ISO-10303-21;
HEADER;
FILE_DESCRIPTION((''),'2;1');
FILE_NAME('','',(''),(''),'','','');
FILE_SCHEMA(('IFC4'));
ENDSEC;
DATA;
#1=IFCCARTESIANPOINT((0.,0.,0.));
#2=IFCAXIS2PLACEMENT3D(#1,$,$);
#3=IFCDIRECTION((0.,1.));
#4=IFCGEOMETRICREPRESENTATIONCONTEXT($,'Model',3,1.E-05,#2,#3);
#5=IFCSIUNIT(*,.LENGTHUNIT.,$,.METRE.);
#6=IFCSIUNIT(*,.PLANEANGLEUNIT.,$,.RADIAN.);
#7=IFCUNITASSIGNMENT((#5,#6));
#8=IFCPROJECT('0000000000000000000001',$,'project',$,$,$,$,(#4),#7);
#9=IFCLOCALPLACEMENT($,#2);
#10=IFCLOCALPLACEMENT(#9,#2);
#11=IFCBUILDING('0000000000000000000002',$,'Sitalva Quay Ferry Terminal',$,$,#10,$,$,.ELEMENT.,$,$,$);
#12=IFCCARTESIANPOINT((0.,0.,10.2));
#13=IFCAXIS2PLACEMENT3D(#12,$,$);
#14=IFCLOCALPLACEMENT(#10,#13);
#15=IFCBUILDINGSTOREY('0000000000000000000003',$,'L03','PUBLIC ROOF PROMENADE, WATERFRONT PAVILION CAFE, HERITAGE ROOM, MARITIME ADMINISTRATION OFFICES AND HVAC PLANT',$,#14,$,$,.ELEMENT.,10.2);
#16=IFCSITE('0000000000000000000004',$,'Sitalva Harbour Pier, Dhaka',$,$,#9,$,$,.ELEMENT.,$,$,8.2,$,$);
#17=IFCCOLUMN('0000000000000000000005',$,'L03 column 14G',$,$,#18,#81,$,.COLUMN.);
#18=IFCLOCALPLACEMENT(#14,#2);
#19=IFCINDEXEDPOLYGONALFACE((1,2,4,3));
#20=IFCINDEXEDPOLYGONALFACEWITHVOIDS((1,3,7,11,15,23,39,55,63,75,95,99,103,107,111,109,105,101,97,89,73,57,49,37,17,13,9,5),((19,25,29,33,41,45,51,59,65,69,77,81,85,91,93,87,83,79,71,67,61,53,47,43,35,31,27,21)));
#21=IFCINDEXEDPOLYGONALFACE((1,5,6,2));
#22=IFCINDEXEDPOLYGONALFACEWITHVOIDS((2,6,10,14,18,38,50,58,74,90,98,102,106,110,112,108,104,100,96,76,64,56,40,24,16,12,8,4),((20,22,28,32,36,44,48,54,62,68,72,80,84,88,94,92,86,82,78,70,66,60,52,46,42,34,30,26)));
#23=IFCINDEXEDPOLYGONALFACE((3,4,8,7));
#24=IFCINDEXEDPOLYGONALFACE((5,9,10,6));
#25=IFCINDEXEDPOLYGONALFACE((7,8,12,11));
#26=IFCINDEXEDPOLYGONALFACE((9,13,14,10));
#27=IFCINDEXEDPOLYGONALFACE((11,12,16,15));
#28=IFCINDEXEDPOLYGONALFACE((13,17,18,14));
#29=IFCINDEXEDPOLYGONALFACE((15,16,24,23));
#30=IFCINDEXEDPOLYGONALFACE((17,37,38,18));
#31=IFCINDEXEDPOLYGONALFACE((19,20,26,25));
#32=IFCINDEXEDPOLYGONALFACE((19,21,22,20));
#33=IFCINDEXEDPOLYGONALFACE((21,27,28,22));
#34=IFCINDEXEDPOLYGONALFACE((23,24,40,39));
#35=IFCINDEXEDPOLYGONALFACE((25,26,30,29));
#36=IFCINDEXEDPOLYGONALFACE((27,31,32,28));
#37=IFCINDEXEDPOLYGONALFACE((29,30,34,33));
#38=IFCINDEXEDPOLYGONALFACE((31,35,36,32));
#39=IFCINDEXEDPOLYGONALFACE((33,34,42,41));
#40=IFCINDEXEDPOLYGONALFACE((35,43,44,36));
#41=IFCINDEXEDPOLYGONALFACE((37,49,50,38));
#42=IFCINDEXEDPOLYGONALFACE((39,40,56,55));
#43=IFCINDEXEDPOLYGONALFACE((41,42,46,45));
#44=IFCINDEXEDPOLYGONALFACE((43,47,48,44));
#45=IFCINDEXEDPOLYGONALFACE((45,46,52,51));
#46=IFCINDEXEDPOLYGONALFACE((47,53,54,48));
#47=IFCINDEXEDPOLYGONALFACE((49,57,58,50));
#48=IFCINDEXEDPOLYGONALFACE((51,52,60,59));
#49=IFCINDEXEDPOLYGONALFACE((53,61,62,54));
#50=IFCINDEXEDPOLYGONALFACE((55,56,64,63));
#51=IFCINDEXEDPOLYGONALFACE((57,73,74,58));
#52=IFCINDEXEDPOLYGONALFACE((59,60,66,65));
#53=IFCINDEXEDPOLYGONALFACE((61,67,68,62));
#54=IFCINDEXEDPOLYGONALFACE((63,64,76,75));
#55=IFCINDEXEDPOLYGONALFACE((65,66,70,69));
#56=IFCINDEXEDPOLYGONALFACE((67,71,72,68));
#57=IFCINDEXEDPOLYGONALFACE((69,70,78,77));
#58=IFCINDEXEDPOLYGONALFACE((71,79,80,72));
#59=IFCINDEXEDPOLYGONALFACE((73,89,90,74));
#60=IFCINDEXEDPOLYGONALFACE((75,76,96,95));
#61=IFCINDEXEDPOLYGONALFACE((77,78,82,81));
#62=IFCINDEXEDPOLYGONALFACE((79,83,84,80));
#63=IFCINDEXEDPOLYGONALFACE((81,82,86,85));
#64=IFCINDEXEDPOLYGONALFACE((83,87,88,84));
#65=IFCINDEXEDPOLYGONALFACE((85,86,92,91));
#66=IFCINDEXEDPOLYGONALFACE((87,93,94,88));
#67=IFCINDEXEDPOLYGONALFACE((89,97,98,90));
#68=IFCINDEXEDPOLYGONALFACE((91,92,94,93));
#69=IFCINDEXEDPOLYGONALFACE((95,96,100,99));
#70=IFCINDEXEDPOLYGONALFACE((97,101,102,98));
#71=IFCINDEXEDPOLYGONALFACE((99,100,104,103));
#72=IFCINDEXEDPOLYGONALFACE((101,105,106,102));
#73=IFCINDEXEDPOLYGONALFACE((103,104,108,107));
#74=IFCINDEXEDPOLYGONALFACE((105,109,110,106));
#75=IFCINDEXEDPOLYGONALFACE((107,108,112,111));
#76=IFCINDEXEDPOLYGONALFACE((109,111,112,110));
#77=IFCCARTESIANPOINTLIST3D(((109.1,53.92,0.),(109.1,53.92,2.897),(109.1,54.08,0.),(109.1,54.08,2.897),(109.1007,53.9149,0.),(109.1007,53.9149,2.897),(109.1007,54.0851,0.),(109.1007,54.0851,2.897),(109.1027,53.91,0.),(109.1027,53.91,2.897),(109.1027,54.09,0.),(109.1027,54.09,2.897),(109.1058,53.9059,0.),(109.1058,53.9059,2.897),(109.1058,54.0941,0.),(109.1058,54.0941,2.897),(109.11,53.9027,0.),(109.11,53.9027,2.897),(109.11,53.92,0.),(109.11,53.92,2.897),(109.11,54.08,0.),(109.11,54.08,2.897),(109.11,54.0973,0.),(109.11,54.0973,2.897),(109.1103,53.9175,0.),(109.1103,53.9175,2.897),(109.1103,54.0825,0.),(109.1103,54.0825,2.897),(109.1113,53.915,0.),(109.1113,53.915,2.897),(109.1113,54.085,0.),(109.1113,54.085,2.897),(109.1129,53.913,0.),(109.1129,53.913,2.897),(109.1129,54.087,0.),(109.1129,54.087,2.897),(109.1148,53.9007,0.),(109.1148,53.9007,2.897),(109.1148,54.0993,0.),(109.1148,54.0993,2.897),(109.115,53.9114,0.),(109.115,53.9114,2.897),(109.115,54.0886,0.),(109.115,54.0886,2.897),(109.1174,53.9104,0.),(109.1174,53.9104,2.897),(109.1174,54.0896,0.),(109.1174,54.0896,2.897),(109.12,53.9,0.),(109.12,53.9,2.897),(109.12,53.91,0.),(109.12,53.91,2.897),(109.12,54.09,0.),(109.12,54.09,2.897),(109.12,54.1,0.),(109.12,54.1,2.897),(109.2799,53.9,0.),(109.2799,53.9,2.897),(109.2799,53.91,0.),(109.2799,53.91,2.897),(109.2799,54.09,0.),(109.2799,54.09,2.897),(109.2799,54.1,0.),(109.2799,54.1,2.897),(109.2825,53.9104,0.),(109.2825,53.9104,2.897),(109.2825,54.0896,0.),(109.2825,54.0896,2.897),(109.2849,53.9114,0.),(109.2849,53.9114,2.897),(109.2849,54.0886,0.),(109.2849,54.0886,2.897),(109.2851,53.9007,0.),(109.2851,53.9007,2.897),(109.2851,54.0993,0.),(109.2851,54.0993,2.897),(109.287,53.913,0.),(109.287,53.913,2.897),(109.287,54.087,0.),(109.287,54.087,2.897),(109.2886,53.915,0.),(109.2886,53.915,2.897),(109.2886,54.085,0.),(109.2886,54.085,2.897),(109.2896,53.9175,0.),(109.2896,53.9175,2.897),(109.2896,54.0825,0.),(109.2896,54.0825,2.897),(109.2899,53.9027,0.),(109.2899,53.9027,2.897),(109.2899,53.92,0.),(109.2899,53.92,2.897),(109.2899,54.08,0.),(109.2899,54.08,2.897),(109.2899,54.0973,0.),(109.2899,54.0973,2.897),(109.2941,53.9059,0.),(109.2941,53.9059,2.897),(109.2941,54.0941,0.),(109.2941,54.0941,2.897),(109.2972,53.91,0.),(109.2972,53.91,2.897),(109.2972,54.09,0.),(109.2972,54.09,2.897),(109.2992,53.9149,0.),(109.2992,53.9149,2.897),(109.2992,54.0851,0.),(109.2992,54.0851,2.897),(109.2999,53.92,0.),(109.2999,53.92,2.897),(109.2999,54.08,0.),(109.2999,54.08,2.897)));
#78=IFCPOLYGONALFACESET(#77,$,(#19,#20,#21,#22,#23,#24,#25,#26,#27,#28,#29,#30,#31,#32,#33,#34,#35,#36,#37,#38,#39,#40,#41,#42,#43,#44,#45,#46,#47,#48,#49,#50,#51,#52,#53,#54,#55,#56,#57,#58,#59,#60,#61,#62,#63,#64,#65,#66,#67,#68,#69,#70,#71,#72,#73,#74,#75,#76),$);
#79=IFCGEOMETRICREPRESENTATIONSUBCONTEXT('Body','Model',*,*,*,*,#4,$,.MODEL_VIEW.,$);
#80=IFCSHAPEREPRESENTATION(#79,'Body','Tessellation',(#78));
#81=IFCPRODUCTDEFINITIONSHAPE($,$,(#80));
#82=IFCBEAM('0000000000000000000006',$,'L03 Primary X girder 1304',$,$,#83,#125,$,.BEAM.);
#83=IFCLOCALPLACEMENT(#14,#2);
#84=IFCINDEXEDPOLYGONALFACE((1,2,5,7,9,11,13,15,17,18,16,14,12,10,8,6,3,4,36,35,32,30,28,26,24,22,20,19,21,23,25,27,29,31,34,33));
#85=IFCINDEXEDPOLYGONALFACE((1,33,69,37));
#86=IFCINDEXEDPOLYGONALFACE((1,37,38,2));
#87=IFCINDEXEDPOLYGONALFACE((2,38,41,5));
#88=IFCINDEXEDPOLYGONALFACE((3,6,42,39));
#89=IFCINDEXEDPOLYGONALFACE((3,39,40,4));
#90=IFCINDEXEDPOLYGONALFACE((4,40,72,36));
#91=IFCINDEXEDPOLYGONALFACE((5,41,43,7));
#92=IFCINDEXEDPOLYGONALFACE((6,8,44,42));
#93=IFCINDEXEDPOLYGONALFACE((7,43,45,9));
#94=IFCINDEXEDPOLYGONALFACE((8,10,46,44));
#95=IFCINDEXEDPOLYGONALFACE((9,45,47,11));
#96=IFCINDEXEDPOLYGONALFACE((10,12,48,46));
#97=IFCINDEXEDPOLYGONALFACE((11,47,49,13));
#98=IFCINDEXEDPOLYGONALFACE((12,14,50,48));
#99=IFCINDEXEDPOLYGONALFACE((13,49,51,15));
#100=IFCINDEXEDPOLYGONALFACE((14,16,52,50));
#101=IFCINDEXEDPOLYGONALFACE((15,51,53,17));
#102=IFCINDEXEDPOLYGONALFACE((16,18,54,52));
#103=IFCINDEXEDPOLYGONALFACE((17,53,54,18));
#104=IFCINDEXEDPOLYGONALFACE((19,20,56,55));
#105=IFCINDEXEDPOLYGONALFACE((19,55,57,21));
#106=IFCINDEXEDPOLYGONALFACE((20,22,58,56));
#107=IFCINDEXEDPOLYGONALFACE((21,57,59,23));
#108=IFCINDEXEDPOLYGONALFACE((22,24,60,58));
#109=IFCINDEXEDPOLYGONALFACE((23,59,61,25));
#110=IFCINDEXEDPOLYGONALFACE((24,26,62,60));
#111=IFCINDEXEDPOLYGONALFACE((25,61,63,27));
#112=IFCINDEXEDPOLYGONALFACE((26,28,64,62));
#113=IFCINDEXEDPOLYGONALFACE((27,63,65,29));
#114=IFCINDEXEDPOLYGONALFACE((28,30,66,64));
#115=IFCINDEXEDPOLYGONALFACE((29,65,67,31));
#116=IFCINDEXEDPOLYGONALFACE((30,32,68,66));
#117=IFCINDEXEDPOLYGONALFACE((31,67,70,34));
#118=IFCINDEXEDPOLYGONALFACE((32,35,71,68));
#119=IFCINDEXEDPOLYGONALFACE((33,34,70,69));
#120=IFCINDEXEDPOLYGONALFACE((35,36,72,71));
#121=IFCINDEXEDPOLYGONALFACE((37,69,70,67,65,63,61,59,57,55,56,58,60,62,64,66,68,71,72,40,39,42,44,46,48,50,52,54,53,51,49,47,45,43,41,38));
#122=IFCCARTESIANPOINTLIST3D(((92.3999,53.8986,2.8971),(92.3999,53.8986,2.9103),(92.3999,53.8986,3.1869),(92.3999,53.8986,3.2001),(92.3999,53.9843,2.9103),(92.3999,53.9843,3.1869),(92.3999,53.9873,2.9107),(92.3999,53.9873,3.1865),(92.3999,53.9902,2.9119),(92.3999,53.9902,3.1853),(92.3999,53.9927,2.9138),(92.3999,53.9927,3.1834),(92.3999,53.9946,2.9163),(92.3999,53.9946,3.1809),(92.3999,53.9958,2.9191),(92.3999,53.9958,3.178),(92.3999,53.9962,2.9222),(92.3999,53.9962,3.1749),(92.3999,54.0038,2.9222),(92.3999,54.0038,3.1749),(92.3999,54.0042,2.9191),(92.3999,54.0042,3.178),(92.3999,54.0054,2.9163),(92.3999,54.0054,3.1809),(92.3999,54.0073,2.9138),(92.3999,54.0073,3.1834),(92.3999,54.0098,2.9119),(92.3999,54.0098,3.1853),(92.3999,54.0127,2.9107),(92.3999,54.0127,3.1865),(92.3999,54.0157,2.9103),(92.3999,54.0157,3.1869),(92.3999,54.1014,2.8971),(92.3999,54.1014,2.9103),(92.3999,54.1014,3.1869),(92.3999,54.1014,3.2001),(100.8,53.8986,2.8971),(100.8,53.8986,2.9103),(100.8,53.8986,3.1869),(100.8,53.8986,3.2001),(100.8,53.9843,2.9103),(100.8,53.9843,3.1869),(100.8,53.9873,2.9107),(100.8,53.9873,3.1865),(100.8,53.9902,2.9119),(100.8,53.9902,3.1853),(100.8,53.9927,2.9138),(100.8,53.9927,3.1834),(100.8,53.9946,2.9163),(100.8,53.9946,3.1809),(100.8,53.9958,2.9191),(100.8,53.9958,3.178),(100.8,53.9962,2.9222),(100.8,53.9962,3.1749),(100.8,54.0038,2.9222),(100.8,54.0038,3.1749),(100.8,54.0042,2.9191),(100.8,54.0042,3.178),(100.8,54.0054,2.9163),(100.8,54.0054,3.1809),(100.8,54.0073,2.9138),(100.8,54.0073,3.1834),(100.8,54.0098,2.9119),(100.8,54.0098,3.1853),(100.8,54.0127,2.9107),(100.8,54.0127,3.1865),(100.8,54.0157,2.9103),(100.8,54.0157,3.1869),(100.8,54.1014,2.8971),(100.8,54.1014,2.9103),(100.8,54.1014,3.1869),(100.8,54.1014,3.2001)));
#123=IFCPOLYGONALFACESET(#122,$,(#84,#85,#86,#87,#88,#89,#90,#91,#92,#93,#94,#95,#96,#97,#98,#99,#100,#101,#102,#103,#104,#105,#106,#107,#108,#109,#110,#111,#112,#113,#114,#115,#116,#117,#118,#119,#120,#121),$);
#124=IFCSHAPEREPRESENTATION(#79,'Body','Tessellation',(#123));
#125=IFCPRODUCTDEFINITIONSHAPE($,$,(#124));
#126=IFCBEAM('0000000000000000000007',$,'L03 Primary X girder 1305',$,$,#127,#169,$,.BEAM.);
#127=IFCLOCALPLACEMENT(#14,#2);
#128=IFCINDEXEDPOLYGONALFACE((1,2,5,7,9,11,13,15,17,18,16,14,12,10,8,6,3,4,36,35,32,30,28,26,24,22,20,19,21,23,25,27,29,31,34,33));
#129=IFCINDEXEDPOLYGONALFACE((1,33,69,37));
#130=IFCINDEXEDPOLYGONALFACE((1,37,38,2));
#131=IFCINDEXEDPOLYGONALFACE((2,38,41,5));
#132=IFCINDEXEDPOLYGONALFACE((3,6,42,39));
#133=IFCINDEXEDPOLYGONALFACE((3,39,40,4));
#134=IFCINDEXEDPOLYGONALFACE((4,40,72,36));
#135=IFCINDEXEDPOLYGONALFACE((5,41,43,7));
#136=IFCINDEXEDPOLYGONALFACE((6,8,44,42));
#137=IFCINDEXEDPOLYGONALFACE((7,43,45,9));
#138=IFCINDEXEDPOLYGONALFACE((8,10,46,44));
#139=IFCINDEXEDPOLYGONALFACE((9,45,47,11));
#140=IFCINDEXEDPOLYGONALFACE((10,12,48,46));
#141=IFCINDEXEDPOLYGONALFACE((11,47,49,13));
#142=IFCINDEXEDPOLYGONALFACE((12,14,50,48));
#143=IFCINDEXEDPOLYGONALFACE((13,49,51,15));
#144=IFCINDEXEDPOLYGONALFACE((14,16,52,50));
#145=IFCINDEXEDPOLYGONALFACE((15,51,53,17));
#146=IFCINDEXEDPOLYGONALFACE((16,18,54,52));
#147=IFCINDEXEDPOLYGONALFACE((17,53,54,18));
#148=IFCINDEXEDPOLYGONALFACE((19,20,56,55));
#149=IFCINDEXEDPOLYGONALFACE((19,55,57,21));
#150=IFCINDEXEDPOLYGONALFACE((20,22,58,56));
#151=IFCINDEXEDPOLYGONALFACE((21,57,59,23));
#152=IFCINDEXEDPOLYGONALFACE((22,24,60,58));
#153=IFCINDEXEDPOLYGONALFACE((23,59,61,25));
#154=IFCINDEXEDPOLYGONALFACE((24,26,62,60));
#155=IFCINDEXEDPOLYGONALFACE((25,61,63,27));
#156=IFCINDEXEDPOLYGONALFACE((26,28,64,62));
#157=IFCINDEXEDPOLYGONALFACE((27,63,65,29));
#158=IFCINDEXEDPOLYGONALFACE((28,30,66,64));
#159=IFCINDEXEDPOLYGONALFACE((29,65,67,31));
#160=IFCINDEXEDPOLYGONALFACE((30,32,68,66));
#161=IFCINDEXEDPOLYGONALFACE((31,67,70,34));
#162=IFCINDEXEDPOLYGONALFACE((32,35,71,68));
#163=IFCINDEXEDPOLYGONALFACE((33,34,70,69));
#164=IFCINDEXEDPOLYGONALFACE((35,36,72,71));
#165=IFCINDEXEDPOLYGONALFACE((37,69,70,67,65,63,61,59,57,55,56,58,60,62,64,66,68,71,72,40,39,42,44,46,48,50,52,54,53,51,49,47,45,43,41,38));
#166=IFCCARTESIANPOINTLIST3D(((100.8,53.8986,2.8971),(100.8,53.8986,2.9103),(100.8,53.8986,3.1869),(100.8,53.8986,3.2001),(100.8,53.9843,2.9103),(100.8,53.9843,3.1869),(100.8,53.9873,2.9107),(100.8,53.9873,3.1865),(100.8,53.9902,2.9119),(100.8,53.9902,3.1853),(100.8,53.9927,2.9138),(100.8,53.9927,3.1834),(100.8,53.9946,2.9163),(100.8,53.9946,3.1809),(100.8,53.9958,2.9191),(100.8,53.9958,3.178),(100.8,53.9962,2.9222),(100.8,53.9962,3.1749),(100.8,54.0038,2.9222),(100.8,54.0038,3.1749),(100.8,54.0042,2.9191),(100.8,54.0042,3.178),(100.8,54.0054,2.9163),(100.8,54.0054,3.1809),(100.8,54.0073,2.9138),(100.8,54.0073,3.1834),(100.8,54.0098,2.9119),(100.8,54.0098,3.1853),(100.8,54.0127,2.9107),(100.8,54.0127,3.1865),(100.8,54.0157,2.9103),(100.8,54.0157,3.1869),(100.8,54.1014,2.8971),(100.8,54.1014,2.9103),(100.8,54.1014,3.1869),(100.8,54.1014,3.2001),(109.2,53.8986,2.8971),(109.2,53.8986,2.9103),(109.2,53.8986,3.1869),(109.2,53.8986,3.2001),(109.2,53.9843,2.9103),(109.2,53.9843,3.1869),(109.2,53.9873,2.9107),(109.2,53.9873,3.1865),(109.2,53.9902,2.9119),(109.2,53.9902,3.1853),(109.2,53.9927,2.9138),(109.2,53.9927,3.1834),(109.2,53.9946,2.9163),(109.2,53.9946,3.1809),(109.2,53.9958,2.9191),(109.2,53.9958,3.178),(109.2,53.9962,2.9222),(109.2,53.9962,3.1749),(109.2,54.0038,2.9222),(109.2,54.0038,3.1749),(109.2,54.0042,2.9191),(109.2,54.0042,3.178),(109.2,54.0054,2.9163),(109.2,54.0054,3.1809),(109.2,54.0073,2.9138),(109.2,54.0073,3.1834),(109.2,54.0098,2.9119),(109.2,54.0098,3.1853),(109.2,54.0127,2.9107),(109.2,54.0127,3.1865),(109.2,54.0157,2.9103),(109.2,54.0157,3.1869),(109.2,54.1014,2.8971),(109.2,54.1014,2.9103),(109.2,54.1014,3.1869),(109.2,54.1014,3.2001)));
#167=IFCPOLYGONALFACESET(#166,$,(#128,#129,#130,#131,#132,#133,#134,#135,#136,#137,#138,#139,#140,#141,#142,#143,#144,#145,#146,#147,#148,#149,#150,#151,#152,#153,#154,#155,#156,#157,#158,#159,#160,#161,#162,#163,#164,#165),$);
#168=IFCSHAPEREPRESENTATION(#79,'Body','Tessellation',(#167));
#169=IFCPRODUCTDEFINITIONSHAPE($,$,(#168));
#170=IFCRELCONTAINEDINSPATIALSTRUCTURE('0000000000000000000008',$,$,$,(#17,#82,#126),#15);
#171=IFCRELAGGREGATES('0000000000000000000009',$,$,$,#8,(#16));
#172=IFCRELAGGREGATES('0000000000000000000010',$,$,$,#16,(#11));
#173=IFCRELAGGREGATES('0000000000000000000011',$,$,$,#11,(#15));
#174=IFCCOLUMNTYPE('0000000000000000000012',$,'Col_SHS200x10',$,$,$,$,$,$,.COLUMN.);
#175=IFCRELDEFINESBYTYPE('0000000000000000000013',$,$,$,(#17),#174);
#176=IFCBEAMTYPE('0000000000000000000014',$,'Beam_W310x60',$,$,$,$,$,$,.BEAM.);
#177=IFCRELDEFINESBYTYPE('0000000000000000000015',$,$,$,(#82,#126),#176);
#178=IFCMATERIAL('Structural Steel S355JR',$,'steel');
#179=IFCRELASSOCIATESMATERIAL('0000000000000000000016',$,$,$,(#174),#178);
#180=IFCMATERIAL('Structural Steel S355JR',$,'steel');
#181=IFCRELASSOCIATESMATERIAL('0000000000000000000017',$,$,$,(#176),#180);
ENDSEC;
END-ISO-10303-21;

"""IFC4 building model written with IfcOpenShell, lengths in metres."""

from ifc_helpers import new_model, si_unit, direction, frame, origin, origin_2d, place, context, subcontext, project, spatial, hollow_rectangle, i_section, extrude, material, material_profile, profile_set, type_object, element, save


model = new_model("IFC4")

# Units and contexts
model_context = context("Model", 3, precision=1e-05, world=origin(), true_north=direction((0.0, 1.0)))
body_context = subcontext(model_context, "Body", "Model", "MODEL_VIEW")
ifc_project = project(units=[si_unit("LENGTHUNIT", "METRE"), si_unit("PLANEANGLEUNIT", "RADIAN")], contexts=[model_context])

# Site, building, storey
site_placement = place(None, origin())
site = spatial("IfcSite", under=ifc_project, at=site_placement, Name="Sitalva Harbour Pier, Dhaka", CompositionType="ELEMENT", RefElevation=8.2)
building_placement = place(site_placement, origin())
building = spatial("IfcBuilding", under=site, at=building_placement, Name="Sitalva Quay Ferry Terminal", CompositionType="ELEMENT")
storey_placement = place(building_placement, frame((0.0, 0.0, 10.2)))
storey = spatial("IfcBuildingStorey", under=building, at=storey_placement, Name="L03", Description="PUBLIC ROOF PROMENADE, WATERFRONT PAVILION CAFE, HERITAGE ROOM, MARITIME ADMINISTRATION OFFICES AND HVAC PLANT", CompositionType="ELEMENT", Elevation=10.2)

# Column
ifc_material_1 = material(Name="Structural Steel S355JR", Category="steel")
ifc_material_profile_1 = material_profile(ifc_material_1, hollow_rectangle(XDim=0.2, YDim=0.2, WallThickness=0.01, InnerFilletRadius=0.01, OuterFilletRadius=0.02, at=origin_2d()), Name="SHS200x200x10")
ifc_profile_set_1 = profile_set([ifc_material_profile_1], Name="Structural Steel S355JR")
column_type = type_object("IfcColumnType", Name="Col_SHS200x10", PredefinedType="COLUMN", material=ifc_profile_set_1)
for number, where, z_axis, x_axis, name in (
    (1, (109.2, 54.0, 0.0), (0.0, 0.0, 1.0), (1.0, 0.0, 0.0), "L03 column 14G"),
):
    element("IfcColumn", number, at=place(storey_placement, frame(where, z_axis=z_axis, x_axis=x_axis)), inside=storey, type_object=column_type, Name=name, PredefinedType="COLUMN", context=body_context, shape_type="SweptSolid", body=[
        extrude(hollow_rectangle(XDim=0.2, YDim=0.2, WallThickness=0.01, InnerFilletRadius=0.01, OuterFilletRadius=0.02, at=origin_2d()), origin(), (0.0, 0.0, 1.0), 2.897),
    ])

# Beams
ifc_material_2 = material(Name="Structural Steel S355JR", Category="steel")
ifc_material_profile_2 = material_profile(ifc_material_2, i_section(OverallWidth=0.2029, OverallDepth=0.303, WebThickness=0.0076, FlangeThickness=0.0132, FilletRadius=0.012, at=origin_2d()), Name="W310x60")
ifc_profile_set_2 = profile_set([ifc_material_profile_2], Name="Structural Steel S355JR")
beam_type = type_object("IfcBeamType", Name="Beam_W310x60", PredefinedType="BEAM", material=ifc_profile_set_2)
beam_1_placement = place(storey_placement, frame((92.3999, 54.0, 3.0486), z_axis=(1.0, 0.0, 0.0), x_axis=(0.0, 1.0, 0.0)))
element("IfcBeam", 2, at=beam_1_placement, inside=storey, type_object=beam_type, Name="L03 Primary X girder 1304", PredefinedType="BEAM", context=body_context, shape_type="SweptSolid", body=[
    extrude(i_section(OverallWidth=0.2029, OverallDepth=0.303, WebThickness=0.0076, FlangeThickness=0.0132, FilletRadius=0.012, at=origin_2d()), origin(), (0.0, 0.0, 1.0), 8.4001),
])
beam_2_placement = place(storey_placement, frame((100.8, 54.0, 3.0486), z_axis=(1.0, 0.0, 0.0), x_axis=(0.0, 1.0, 0.0)))
element("IfcBeam", 3, at=beam_2_placement, inside=storey, type_object=beam_type, Name="L03 Primary X girder 1305", PredefinedType="BEAM", context=body_context, shape_type="SweptSolid", body=[
    extrude(i_section(OverallWidth=0.2029, OverallDepth=0.303, WebThickness=0.0076, FlangeThickness=0.0132, FilletRadius=0.012, at=origin_2d()), origin(), (0.0, 0.0, 1.0), 8.3999),
])

save(model, "model.ifc")
